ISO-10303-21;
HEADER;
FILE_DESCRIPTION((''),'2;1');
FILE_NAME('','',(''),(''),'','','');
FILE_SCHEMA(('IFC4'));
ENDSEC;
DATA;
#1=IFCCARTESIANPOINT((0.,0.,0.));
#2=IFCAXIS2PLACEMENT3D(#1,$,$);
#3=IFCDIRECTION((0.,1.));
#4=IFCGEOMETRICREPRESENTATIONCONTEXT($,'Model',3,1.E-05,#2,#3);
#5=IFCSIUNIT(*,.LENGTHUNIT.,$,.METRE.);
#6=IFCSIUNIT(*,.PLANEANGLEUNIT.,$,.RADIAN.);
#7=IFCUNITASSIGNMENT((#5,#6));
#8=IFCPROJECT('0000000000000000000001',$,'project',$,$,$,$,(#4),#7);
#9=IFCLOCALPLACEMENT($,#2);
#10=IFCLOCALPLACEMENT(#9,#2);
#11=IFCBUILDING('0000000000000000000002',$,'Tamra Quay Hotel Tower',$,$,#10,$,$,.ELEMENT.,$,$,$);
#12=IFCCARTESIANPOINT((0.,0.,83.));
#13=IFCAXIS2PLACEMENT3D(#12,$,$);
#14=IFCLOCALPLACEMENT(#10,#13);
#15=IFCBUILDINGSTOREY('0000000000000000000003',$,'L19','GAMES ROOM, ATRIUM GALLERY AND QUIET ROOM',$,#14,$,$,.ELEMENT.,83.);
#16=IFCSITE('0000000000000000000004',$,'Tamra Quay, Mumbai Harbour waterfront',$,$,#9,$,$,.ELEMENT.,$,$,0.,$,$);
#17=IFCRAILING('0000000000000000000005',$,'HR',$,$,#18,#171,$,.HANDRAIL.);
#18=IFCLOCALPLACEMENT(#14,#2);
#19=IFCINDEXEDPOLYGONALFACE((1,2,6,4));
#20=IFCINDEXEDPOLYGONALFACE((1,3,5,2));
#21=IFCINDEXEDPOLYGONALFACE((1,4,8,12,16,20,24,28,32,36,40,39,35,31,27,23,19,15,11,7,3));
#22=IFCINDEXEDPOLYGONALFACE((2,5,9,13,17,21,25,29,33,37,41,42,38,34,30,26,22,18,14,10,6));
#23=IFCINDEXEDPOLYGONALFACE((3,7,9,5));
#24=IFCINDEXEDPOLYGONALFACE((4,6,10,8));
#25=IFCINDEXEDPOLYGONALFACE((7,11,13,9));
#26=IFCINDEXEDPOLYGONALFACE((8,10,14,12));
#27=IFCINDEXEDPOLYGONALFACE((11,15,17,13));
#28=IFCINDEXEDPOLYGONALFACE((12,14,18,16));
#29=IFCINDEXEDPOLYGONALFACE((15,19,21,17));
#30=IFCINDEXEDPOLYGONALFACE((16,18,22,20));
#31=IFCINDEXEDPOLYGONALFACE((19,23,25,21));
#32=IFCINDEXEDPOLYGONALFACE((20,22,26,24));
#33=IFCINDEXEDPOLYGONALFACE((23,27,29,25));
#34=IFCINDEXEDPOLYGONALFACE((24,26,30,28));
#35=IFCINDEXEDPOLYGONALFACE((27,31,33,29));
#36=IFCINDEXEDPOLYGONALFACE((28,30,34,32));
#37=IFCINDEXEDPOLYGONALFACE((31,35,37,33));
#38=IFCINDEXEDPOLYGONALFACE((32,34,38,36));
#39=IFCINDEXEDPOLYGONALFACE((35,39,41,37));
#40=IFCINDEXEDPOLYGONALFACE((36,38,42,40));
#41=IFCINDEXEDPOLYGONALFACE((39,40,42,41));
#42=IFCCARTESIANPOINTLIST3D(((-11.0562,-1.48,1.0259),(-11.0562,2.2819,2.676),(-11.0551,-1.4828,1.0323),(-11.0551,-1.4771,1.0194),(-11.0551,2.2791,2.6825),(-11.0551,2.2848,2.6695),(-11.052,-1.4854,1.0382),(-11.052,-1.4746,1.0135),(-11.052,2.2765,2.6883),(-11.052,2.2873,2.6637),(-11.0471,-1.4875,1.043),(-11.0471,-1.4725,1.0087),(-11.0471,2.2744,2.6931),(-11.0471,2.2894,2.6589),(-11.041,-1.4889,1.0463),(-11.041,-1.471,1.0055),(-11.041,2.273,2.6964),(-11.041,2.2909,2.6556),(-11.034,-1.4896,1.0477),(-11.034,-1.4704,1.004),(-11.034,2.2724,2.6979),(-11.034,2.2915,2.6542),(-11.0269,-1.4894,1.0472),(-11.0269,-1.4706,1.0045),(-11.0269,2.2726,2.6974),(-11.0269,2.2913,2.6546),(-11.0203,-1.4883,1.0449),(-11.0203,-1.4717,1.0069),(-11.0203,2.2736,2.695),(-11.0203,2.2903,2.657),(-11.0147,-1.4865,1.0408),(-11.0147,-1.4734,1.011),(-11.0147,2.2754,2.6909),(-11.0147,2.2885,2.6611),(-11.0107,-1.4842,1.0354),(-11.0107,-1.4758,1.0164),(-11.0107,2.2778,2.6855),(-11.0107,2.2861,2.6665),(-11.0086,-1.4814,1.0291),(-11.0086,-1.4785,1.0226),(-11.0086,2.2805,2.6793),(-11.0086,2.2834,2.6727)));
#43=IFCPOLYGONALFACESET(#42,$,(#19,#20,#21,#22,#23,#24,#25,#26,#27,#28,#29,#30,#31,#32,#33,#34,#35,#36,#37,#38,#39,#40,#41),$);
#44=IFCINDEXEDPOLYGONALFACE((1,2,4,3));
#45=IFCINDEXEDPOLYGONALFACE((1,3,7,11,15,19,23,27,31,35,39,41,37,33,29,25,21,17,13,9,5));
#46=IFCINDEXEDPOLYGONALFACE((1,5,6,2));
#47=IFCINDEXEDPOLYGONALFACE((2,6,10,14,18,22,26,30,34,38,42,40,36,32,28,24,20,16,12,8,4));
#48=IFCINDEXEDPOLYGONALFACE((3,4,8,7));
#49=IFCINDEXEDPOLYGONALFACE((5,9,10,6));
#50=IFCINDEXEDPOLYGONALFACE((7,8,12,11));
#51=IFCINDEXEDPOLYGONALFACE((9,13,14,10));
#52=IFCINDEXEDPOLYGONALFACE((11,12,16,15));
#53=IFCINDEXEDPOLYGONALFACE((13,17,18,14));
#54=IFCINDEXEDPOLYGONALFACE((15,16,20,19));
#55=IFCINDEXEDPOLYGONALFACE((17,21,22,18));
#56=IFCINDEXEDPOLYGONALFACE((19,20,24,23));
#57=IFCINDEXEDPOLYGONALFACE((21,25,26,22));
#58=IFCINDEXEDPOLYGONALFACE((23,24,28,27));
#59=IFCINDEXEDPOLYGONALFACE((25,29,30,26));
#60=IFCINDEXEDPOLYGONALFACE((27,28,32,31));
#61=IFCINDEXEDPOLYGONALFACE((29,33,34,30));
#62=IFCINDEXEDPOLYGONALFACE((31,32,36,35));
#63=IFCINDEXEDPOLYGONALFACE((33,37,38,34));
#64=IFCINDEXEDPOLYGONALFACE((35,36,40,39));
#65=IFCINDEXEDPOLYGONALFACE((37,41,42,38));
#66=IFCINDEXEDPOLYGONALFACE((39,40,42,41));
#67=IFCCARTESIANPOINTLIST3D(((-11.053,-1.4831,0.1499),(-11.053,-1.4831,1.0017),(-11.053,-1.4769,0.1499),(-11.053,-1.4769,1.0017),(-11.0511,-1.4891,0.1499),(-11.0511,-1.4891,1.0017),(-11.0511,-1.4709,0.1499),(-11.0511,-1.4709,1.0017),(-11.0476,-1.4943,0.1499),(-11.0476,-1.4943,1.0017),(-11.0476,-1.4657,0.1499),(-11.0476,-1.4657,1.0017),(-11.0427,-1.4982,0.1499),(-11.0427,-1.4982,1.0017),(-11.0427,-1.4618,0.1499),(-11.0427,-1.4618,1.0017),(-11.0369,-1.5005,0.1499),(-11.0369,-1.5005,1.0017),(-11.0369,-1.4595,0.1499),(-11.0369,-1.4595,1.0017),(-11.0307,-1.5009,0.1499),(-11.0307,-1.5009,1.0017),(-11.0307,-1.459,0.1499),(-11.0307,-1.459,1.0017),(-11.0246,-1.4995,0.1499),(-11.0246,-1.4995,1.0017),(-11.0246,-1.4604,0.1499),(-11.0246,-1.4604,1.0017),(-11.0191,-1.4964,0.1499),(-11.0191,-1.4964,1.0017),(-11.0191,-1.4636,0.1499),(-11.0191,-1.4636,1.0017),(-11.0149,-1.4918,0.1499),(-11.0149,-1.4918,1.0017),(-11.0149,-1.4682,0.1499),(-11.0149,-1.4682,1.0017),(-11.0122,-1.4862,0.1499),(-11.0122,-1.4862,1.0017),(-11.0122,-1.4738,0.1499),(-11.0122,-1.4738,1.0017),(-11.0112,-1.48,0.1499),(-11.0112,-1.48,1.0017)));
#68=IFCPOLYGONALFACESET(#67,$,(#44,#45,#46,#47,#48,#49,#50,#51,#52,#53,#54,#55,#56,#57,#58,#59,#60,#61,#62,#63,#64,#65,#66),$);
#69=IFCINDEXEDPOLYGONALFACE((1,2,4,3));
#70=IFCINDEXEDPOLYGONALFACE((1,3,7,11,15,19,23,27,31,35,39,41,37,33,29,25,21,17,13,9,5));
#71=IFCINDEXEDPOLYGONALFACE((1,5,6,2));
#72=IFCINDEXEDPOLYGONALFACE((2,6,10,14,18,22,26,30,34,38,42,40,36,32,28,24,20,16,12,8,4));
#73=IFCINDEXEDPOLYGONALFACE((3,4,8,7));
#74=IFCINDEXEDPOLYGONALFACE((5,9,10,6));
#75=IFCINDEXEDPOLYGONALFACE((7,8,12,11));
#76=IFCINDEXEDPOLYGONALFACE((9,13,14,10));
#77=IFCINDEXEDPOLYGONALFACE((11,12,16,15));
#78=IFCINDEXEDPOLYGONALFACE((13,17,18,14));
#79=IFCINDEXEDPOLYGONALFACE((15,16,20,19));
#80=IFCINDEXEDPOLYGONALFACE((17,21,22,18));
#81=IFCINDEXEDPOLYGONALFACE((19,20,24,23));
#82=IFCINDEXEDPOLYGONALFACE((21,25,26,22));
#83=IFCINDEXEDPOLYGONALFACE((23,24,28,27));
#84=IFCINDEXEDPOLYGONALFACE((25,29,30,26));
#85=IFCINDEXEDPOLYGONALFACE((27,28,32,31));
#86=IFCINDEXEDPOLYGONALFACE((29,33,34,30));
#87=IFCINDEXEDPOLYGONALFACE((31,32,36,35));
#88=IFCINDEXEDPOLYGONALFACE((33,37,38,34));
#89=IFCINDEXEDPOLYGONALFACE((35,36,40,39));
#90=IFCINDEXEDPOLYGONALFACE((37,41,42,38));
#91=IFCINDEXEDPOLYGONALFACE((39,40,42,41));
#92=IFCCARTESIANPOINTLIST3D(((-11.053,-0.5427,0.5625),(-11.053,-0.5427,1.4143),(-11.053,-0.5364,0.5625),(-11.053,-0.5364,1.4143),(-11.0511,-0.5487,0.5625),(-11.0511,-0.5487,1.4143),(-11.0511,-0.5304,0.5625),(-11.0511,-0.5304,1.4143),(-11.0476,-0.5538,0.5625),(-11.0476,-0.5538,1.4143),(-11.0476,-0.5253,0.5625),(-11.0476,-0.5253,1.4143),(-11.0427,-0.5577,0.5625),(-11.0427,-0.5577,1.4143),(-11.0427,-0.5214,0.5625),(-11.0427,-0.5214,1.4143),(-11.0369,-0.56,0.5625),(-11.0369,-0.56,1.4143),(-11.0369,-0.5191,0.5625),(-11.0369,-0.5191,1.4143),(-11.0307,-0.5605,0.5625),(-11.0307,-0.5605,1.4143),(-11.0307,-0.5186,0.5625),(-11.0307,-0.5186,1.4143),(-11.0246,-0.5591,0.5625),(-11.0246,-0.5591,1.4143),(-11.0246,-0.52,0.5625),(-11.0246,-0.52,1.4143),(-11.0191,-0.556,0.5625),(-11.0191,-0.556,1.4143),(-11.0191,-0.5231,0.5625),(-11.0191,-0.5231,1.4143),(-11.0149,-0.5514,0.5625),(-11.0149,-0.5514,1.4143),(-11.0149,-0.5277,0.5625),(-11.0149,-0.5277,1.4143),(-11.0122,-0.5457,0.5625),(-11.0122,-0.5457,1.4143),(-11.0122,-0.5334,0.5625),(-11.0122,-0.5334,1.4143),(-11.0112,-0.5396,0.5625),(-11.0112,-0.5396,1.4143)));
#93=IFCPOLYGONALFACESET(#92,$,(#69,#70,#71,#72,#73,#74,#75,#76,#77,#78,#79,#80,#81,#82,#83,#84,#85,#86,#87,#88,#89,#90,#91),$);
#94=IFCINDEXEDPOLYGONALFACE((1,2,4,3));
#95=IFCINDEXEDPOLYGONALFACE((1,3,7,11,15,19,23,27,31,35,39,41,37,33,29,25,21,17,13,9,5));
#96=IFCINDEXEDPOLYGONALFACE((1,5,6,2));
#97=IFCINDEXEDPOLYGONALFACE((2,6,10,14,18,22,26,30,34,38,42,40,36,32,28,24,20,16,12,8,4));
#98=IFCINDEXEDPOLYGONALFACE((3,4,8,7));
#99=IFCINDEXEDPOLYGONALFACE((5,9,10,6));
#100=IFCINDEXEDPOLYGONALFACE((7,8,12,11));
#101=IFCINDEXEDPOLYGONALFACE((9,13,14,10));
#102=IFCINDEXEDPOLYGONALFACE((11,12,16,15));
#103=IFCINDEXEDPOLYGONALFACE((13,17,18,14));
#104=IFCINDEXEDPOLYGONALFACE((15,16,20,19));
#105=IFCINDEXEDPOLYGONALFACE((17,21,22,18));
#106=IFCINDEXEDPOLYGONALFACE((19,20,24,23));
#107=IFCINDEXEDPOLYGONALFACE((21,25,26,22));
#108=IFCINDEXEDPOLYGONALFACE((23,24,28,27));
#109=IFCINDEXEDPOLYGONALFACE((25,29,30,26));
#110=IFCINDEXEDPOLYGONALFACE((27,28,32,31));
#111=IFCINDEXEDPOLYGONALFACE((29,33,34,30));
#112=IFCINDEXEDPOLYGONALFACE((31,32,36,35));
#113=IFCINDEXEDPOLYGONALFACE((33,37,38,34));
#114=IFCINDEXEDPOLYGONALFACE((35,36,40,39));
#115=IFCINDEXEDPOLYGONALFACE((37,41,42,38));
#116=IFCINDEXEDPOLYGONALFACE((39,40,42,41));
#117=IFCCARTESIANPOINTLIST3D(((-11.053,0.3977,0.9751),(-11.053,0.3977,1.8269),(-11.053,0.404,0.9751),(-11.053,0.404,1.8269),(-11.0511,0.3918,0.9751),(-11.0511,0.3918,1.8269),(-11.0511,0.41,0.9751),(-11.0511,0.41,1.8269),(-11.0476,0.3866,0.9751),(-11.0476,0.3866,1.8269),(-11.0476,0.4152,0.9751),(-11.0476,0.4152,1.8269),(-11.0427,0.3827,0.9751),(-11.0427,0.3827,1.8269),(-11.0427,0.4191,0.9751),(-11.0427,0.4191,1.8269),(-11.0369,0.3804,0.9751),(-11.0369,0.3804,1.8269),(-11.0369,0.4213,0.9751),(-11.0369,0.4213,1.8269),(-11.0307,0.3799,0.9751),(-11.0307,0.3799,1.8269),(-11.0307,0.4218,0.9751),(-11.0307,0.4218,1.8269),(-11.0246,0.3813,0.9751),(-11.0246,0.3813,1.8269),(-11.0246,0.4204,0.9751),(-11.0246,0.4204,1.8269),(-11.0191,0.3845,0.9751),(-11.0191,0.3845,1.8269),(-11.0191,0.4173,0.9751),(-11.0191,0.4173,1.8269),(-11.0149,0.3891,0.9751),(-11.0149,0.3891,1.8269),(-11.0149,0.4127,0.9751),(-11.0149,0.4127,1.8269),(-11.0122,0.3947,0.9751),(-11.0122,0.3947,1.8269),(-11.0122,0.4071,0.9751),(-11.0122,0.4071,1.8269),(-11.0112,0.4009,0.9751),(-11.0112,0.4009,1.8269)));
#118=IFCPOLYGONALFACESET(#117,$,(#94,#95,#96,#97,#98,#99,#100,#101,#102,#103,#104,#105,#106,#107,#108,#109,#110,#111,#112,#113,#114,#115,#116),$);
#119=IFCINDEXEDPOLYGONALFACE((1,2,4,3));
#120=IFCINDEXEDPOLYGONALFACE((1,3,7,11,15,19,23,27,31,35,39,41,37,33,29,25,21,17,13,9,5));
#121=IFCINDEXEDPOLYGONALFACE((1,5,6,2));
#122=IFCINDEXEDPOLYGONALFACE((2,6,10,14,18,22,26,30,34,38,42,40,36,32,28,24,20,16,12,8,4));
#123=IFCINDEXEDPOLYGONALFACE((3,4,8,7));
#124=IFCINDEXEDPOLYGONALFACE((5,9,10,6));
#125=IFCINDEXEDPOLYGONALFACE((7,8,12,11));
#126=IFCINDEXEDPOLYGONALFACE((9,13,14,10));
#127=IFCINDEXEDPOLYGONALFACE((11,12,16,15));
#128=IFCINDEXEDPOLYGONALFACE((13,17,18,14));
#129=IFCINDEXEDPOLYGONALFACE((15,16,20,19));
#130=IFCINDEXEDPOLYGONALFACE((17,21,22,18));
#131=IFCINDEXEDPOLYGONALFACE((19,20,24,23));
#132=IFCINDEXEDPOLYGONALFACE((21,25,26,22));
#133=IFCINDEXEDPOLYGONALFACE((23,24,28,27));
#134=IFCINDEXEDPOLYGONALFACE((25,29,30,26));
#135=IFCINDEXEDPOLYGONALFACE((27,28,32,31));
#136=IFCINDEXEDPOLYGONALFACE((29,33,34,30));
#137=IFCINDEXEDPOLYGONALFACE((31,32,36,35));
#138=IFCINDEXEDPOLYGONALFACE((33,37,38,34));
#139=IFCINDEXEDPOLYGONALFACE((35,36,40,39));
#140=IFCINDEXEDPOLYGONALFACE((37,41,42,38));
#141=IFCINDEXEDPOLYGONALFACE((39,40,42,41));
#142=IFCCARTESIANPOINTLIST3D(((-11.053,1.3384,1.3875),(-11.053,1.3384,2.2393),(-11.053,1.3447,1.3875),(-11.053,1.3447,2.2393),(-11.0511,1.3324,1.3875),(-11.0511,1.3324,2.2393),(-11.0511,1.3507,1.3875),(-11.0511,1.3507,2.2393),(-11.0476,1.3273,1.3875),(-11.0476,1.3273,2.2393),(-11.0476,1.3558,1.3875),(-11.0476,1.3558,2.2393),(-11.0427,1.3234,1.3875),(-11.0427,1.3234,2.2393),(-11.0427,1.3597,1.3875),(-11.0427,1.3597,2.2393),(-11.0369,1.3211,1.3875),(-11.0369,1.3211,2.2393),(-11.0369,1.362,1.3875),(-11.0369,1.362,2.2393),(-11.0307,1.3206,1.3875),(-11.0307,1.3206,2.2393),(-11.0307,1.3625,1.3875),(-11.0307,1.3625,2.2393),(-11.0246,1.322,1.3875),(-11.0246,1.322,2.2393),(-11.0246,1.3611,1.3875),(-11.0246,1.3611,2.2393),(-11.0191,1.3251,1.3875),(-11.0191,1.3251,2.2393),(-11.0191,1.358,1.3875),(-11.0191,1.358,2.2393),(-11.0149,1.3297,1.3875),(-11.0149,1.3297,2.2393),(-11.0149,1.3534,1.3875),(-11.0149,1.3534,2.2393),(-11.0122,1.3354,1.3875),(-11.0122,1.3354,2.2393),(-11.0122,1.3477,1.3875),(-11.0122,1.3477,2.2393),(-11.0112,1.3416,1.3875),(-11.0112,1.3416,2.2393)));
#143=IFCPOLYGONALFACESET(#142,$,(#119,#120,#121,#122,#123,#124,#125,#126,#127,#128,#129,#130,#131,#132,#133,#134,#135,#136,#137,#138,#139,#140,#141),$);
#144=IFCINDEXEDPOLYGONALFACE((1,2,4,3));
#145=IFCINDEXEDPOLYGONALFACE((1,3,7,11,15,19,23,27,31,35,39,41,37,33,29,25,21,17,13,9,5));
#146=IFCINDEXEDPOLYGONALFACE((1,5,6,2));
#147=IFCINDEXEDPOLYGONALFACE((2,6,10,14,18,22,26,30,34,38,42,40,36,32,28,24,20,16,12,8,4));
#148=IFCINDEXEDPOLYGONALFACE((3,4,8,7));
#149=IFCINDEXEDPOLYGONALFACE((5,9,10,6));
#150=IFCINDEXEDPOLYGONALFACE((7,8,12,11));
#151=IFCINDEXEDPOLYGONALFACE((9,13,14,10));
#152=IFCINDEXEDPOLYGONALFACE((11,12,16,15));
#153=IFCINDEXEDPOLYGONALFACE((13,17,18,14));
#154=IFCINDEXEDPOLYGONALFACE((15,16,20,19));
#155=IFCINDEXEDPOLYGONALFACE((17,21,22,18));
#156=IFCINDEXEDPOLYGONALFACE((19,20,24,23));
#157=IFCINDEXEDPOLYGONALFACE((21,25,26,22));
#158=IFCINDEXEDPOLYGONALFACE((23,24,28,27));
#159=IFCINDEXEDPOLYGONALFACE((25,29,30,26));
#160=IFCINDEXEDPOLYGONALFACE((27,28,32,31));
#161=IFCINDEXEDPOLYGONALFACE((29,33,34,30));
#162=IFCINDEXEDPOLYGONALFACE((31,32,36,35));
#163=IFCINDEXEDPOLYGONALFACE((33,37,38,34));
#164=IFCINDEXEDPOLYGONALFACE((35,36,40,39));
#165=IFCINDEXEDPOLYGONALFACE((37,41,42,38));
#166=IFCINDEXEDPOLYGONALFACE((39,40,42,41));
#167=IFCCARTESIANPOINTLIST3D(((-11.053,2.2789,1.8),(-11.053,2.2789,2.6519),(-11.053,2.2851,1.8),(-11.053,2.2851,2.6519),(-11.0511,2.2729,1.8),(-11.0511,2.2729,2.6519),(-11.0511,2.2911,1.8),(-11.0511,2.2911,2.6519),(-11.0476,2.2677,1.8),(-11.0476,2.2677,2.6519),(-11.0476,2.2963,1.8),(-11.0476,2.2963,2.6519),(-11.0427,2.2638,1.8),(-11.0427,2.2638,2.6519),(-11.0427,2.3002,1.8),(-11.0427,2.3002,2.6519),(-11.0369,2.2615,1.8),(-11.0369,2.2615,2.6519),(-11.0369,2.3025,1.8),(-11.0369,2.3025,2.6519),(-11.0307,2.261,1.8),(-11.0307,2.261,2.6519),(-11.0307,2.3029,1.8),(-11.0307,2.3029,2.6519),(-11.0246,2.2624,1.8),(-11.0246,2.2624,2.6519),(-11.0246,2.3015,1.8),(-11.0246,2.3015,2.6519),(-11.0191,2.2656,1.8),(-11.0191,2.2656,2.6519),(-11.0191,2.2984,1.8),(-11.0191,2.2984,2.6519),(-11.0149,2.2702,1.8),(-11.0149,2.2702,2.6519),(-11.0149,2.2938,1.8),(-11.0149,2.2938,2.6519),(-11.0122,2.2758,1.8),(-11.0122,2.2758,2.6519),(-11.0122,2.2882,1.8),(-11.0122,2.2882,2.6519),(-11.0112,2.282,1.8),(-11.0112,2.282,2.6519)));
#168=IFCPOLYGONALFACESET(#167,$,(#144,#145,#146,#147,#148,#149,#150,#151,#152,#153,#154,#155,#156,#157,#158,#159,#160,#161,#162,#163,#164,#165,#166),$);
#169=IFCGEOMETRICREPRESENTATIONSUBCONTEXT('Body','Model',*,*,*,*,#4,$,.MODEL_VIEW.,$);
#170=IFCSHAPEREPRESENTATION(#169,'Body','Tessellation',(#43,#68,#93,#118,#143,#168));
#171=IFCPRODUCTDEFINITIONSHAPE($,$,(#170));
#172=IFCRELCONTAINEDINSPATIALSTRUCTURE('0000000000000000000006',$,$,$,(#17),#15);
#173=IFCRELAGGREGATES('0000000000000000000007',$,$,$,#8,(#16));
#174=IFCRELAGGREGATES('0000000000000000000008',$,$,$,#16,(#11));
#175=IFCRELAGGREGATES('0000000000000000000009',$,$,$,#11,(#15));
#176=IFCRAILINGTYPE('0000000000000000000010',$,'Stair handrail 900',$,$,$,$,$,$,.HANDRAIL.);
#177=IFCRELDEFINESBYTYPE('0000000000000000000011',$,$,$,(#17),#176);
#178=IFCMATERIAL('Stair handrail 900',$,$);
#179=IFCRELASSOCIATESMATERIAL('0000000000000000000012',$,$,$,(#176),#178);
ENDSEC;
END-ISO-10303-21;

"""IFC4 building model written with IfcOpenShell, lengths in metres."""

from ifc_helpers import new_model, si_unit, direction, frame, origin, origin_2d, place, context, subcontext, project, spatial, circle, extrude, material, type_object, element, save


model = new_model("IFC4")

# Units and contexts
model_context = context("Model", 3, precision=1e-05, world=origin(), true_north=direction((0.0, 1.0)))
body_context = subcontext(model_context, "Body", "Model", "MODEL_VIEW")
ifc_project = project(units=[si_unit("LENGTHUNIT", "METRE"), si_unit("PLANEANGLEUNIT", "RADIAN")], contexts=[model_context])

# Site, building, storey
site_placement = place(None, origin())
site = spatial("IfcSite", under=ifc_project, at=site_placement, Name="Tamra Quay, Mumbai Harbour waterfront", CompositionType="ELEMENT", RefElevation=0.0)
building_placement = place(site_placement, origin())
building = spatial("IfcBuilding", under=site, at=building_placement, Name="Tamra Quay Hotel Tower", CompositionType="ELEMENT")
storey_placement = place(building_placement, frame((0.0, 0.0, 83.0)))
storey = spatial("IfcBuildingStorey", under=building, at=storey_placement, Name="L19", Description="GAMES ROOM, ATRIUM GALLERY AND QUIET ROOM", CompositionType="ELEMENT", Elevation=83.0)

# Railing
ifc_material_1 = material(Name="Stair handrail 900")
railing_type = type_object("IfcRailingType", Name="Stair handrail 900", PredefinedType="HANDRAIL", material=ifc_material_1)
railing_placement = place(storey_placement, frame((-11.0322, -1.48, 0.1499)))
element("IfcRailing", 1, at=railing_placement, inside=storey, type_object=railing_type, Name="HR", PredefinedType="HANDRAIL", context=body_context, shape_type="SweptSolid", body=[
    extrude(circle(Radius=0.0239, at=origin_2d()), frame((0.0, 0.0, 0.876), z_axis=(0.0, 0.915774, 0.401695), x_axis=(-1.0, 0.0, 0.0)), (0.0, 0.0, 1.0), 4.1079),
    extrude(circle(Radius=0.021, at=origin_2d()), origin(), (0.0, 0.0, 1.0), 0.8518),
    extrude(circle(Radius=0.021, at=origin_2d()), frame((0.0, 0.9404, 0.4126)), (0.0, 0.0, 1.0), 0.8518),
    extrude(circle(Radius=0.021, at=origin_2d()), frame((0.0, 1.8809, 0.8252)), (0.0, 0.0, 1.0), 0.8518),
    extrude(circle(Radius=0.021, at=origin_2d()), frame((0.0, 2.8215, 1.2375)), (0.0, 0.0, 1.0), 0.8518),
    extrude(circle(Radius=0.021, at=origin_2d()), frame((0.0, 3.762, 1.6501)), (0.0, 0.0, 1.0), 0.8518),
])

save(model, "model.ifc")
